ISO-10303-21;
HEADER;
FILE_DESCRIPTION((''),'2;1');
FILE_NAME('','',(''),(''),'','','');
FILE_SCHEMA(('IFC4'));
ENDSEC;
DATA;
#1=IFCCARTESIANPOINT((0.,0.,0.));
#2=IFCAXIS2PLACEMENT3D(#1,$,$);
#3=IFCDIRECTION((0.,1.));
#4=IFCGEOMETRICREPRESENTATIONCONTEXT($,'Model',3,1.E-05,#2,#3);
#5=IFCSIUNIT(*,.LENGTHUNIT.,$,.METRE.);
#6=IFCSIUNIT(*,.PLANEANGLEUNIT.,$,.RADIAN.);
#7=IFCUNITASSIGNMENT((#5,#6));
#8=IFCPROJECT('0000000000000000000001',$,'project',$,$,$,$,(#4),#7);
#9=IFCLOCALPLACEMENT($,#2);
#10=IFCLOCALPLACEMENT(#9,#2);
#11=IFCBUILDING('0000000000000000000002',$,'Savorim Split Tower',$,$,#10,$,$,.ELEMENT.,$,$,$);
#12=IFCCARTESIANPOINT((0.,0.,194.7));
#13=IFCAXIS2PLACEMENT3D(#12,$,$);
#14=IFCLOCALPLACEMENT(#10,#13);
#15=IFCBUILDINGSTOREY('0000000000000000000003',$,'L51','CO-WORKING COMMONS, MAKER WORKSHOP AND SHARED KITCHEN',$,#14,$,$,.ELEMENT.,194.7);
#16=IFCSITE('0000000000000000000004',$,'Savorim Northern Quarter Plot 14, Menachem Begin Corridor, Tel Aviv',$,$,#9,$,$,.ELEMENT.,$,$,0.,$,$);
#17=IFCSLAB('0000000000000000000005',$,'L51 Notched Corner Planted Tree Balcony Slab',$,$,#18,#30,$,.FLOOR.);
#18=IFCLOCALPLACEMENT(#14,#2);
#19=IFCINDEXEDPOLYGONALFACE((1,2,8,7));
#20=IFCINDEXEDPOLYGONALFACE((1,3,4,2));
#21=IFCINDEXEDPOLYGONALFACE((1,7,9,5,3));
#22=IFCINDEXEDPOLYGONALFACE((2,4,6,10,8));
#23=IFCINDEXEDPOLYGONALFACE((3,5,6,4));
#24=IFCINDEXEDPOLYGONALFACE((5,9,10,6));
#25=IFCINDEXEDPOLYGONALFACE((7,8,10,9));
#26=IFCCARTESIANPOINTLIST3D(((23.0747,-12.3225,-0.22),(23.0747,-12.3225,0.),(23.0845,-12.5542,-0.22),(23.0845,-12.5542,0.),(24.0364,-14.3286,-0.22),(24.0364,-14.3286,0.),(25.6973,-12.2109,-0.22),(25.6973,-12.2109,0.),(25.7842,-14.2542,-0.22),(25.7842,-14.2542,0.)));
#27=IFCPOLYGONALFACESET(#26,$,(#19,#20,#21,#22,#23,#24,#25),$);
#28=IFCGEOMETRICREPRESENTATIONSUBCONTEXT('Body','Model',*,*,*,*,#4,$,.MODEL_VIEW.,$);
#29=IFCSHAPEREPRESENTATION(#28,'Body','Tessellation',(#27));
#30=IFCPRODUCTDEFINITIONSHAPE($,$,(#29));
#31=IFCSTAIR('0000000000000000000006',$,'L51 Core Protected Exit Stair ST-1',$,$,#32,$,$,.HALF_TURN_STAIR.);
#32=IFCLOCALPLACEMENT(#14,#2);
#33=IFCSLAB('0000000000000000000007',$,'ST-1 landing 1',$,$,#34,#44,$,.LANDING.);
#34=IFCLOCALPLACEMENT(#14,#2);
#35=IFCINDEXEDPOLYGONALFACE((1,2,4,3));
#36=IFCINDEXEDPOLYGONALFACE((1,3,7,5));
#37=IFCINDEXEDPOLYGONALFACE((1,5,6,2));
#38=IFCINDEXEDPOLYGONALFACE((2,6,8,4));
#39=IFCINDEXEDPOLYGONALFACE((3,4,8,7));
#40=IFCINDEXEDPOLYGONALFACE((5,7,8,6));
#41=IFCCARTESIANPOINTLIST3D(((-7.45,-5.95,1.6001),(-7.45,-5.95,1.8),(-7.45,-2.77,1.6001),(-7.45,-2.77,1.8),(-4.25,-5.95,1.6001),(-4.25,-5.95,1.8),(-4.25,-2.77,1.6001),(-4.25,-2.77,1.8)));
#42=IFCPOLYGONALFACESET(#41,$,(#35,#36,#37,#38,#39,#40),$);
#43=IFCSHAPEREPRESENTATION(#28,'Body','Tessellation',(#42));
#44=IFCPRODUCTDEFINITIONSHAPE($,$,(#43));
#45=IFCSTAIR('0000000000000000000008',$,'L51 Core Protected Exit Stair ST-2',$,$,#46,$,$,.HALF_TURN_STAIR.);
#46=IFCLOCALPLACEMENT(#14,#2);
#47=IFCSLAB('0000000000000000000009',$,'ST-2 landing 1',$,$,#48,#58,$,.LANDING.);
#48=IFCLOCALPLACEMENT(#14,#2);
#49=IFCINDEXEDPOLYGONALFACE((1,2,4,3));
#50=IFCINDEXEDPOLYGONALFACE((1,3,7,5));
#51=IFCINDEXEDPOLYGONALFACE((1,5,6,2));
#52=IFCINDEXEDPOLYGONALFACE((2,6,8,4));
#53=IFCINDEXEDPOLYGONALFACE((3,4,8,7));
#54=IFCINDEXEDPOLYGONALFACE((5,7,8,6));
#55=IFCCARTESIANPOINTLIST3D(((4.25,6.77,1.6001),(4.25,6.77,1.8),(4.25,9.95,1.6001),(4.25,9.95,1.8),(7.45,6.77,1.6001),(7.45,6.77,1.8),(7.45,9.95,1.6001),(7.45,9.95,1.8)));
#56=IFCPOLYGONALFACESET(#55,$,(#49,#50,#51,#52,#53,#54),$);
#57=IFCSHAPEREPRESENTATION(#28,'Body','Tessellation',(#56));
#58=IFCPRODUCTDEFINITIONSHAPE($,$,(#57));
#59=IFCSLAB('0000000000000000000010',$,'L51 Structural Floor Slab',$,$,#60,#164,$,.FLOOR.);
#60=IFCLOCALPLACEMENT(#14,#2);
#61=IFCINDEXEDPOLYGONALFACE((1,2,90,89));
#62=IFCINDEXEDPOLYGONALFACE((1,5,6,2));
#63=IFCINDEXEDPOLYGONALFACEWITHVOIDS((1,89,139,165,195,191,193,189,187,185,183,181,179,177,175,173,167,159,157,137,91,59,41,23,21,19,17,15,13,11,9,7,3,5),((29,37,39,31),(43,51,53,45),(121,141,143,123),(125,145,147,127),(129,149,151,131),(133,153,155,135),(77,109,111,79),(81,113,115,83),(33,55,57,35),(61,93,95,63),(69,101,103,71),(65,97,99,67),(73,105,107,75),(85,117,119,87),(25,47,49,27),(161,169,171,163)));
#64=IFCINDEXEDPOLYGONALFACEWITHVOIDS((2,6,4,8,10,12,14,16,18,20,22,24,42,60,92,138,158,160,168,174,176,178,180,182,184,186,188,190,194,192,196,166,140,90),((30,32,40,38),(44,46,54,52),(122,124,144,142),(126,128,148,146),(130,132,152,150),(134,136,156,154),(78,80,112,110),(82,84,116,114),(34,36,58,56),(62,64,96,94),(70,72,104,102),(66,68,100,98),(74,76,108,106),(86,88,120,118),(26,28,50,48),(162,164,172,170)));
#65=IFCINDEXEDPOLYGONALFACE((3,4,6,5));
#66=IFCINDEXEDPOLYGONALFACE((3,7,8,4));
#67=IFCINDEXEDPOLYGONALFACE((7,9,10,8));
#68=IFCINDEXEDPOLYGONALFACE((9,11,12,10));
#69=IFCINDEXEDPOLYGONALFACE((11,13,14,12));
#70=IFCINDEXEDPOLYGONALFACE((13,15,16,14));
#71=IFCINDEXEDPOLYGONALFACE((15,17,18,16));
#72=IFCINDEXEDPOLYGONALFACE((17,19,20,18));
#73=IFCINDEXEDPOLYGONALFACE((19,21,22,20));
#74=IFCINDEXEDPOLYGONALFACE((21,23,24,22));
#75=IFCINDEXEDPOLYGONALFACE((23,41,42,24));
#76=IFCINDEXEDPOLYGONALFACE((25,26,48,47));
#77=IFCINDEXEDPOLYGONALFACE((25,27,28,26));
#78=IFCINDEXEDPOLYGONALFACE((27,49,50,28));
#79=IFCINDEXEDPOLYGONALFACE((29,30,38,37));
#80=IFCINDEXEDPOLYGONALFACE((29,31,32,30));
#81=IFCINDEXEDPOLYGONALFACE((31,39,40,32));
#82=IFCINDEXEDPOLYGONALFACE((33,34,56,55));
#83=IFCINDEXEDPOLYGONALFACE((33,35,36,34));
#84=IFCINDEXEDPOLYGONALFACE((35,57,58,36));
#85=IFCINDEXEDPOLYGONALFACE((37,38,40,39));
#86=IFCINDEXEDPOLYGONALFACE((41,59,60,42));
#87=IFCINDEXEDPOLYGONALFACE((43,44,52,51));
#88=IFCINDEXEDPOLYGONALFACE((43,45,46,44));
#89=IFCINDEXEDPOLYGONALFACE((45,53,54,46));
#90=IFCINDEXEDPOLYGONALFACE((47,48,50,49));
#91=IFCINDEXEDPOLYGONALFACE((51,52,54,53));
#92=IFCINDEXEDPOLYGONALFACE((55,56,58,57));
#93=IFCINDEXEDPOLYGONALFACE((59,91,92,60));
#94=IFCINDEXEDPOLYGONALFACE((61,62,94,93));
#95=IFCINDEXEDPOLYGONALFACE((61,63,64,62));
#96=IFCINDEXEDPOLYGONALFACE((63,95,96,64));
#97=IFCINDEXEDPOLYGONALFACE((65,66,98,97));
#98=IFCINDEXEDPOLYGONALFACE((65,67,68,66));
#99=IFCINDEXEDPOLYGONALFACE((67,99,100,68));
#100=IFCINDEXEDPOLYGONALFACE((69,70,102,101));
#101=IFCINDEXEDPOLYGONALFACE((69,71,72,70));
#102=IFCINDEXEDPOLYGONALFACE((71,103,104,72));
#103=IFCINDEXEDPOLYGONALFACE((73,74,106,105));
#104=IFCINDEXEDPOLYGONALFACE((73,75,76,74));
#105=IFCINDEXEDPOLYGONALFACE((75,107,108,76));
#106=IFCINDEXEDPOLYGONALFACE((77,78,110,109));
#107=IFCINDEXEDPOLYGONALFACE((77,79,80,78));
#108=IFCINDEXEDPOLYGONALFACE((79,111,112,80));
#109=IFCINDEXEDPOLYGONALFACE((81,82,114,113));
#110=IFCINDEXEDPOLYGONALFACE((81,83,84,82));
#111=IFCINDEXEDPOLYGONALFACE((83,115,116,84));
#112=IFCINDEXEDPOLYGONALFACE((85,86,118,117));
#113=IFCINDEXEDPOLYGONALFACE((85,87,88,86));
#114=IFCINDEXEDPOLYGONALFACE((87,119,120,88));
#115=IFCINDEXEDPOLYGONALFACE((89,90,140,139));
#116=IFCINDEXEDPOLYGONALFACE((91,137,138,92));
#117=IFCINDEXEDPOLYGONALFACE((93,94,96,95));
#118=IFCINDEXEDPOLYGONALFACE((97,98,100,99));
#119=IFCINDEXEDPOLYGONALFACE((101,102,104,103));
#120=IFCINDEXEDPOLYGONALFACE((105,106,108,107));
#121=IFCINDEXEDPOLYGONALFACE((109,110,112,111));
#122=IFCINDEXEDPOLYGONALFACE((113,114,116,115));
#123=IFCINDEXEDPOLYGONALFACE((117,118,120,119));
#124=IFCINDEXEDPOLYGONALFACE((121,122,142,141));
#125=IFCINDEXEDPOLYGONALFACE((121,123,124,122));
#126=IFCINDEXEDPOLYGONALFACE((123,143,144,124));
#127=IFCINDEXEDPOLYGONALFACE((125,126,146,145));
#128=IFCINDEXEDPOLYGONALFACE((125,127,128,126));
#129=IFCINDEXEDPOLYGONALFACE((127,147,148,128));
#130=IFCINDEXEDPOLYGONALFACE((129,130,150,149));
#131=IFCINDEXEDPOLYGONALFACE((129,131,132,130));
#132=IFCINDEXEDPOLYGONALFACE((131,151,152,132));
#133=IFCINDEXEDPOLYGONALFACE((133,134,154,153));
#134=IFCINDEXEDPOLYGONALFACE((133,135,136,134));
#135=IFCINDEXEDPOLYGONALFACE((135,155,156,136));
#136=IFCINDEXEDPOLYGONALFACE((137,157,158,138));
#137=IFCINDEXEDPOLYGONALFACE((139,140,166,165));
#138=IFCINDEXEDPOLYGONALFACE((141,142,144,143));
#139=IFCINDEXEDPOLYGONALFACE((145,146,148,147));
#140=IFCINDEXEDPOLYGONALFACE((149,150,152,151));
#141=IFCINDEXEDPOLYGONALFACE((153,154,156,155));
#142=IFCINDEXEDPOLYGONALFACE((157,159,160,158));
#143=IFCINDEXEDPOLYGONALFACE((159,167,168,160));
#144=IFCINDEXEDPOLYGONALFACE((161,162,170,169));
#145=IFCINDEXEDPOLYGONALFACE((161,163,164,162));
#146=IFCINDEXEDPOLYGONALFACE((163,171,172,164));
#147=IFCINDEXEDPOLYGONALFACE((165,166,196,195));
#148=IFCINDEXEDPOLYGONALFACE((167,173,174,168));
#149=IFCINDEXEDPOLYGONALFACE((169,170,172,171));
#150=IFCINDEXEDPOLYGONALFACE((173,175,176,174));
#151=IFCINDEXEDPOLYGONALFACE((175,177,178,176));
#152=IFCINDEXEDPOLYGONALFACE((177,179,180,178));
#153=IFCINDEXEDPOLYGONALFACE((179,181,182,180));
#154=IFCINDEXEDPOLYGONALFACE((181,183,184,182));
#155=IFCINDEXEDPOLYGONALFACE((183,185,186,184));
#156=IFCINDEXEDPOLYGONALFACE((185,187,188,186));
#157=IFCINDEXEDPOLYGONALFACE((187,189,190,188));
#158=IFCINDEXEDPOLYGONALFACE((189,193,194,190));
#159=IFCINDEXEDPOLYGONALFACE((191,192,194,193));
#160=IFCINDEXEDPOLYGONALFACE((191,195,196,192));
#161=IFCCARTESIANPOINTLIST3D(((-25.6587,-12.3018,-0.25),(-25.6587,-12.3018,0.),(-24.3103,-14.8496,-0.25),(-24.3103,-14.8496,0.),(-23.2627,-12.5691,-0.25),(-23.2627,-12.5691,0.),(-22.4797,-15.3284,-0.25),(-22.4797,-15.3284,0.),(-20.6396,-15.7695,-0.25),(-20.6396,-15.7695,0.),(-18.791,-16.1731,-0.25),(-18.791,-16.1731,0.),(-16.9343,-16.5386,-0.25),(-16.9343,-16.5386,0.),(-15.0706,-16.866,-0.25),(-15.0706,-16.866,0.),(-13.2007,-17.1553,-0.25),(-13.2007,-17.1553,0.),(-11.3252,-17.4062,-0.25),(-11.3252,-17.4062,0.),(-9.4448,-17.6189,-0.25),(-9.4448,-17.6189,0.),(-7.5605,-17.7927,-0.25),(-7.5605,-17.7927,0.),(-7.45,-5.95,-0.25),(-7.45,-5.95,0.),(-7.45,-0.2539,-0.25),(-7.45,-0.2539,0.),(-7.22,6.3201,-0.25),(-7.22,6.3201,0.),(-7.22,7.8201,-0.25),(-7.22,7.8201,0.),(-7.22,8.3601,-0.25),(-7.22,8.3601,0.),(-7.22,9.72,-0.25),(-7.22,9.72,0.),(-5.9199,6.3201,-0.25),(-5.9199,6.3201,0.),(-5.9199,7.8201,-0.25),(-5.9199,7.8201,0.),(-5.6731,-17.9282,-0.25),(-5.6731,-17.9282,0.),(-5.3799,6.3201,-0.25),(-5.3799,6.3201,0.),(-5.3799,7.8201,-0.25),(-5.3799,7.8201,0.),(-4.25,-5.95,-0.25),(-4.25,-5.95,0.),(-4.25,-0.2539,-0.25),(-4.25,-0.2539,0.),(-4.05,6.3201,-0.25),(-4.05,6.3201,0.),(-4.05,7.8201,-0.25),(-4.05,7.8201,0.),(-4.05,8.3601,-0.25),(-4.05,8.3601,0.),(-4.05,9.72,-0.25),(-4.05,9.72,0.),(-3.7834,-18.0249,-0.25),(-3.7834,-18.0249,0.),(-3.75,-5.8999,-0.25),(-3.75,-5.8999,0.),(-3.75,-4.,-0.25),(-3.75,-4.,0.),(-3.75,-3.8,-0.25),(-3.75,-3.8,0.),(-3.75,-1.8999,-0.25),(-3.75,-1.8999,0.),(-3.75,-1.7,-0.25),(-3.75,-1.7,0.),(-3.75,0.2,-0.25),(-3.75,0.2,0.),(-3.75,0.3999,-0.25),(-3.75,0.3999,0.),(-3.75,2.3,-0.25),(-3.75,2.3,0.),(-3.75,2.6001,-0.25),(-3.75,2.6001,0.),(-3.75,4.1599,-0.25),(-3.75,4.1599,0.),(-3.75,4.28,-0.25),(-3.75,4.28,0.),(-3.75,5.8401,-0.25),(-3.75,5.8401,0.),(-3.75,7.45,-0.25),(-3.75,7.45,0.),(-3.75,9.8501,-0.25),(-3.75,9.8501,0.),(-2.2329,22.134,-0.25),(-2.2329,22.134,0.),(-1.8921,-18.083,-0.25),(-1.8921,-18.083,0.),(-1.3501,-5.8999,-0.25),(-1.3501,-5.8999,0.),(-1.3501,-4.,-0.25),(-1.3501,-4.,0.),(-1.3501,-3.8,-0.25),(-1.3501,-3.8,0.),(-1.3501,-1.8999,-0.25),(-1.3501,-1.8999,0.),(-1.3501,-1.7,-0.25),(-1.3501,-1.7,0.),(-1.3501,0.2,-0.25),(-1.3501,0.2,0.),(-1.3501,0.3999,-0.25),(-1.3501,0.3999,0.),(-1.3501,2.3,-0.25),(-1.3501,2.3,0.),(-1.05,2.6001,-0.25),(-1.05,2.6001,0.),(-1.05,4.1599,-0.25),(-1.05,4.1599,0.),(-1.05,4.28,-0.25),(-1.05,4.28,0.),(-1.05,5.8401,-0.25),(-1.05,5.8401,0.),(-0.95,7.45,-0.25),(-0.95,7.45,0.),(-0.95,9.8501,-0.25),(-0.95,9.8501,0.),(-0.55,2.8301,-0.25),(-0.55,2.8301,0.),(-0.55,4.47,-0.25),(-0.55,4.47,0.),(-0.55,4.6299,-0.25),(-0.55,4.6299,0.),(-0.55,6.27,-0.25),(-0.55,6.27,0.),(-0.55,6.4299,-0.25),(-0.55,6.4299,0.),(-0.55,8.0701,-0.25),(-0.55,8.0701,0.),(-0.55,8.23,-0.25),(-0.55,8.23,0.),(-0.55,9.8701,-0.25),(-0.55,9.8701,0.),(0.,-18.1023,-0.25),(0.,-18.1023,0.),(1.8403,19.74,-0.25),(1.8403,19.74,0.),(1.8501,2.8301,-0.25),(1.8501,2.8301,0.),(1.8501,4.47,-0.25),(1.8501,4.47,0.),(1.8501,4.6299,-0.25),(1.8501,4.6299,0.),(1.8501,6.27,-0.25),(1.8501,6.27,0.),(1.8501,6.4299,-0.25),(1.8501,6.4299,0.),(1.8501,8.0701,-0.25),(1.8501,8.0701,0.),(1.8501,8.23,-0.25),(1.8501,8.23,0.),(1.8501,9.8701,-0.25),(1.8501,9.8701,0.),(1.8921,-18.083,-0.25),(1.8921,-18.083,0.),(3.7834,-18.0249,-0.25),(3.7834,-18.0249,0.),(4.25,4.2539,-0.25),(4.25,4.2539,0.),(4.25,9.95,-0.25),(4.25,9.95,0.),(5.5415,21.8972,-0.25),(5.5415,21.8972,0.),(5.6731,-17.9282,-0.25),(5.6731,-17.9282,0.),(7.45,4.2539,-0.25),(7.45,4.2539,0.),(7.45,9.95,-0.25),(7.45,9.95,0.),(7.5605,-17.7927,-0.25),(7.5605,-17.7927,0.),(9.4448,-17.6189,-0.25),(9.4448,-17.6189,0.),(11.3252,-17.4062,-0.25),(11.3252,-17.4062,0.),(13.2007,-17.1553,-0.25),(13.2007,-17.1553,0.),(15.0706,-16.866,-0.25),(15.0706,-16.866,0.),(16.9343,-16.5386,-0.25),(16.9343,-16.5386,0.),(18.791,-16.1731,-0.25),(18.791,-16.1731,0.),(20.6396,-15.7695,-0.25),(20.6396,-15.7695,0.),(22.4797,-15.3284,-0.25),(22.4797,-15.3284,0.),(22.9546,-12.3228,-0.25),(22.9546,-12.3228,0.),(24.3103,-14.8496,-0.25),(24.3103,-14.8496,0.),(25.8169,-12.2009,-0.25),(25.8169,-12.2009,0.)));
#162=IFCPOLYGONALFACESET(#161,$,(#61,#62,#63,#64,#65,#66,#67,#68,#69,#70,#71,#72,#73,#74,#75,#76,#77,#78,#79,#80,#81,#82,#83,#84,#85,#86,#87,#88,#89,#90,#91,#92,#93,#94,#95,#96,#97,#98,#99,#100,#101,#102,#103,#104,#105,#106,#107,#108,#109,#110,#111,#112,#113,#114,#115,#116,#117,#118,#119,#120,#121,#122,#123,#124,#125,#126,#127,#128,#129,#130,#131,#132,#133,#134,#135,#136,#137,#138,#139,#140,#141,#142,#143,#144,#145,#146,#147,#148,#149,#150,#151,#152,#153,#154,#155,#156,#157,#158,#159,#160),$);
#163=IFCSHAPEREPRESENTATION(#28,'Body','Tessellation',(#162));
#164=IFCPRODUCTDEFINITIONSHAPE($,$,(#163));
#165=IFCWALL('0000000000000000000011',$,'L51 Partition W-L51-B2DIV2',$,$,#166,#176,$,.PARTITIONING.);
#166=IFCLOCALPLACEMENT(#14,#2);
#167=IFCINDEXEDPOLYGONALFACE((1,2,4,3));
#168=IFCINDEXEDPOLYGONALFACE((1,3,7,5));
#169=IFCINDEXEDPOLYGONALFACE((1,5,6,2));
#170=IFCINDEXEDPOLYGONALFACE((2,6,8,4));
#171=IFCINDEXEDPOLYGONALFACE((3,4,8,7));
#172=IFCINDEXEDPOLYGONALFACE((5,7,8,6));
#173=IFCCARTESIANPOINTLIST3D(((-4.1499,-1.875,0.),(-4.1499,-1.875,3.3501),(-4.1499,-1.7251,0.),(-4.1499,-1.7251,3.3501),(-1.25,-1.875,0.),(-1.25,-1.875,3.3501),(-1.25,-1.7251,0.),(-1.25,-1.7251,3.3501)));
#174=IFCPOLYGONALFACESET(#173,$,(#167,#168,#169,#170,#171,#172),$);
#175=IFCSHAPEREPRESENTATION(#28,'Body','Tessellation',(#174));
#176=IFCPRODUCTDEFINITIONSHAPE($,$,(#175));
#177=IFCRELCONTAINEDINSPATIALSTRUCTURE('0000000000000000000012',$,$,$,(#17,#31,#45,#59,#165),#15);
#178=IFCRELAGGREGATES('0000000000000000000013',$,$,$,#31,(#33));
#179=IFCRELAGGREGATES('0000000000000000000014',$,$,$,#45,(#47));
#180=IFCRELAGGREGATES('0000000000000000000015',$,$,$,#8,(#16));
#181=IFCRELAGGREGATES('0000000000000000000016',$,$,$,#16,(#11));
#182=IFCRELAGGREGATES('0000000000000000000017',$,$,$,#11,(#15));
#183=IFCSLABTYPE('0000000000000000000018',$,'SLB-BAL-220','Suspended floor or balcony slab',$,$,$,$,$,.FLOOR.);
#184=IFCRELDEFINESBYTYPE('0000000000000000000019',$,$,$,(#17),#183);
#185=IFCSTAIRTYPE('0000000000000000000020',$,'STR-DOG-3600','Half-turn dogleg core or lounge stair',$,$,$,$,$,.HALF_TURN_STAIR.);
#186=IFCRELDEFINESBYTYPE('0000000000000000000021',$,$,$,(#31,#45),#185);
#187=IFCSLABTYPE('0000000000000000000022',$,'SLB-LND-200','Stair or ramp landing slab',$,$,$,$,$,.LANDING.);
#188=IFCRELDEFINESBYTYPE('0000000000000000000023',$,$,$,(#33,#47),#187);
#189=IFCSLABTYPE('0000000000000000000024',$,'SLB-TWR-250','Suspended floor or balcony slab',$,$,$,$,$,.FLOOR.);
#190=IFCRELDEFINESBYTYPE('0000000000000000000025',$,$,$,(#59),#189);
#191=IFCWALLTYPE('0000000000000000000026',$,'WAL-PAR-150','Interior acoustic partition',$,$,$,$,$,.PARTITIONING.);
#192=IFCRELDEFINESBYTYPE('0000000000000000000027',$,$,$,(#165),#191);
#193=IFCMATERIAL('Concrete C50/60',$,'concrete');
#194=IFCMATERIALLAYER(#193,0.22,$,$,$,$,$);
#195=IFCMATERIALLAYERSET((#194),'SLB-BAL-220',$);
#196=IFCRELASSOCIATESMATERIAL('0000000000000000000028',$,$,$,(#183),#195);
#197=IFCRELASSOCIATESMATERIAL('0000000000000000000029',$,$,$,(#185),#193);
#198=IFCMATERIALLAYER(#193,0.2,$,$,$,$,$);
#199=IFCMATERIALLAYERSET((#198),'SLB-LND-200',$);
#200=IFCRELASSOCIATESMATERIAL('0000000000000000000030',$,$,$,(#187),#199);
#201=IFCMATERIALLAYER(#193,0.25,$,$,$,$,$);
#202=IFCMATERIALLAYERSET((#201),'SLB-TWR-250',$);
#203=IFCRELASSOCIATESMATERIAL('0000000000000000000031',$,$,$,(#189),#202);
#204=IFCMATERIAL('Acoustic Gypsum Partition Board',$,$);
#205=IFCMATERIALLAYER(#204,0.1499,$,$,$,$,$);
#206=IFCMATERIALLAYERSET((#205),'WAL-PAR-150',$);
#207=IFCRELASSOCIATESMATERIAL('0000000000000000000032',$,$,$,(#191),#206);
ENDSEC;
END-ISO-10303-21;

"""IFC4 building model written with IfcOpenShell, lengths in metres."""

from ifc_helpers import new_model, si_unit, direction, frame, frame_2d, origin, place, context, subcontext, project, spatial, polyline, rectangle, outline, extrude, material, layer, layer_set, type_object, element, aggregate, save


model = new_model("IFC4")

# Units and contexts
model_context = context("Model", 3, precision=1e-05, world=origin(), true_north=direction((0.0, 1.0)))
body_context = subcontext(model_context, "Body", "Model", "MODEL_VIEW")
ifc_project = project(units=[si_unit("LENGTHUNIT", "METRE"), si_unit("PLANEANGLEUNIT", "RADIAN")], contexts=[model_context])

# Site, building, storey
site_placement = place(None, origin())
site = spatial("IfcSite", under=ifc_project, at=site_placement, Name="Savorim Northern Quarter Plot 14, Menachem Begin Corridor, Tel Aviv", CompositionType="ELEMENT", RefElevation=0.0)
building_placement = place(site_placement, origin())
building = spatial("IfcBuilding", under=site, at=building_placement, Name="Savorim Split Tower", CompositionType="ELEMENT")
storey_placement = place(building_placement, frame((0.0, 0.0, 194.7)))
storey = spatial("IfcBuildingStorey", under=building, at=storey_placement, Name="L51", Description="CO-WORKING COMMONS, MAKER WORKSHOP AND SHARED KITCHEN", CompositionType="ELEMENT", Elevation=194.7)

# Slab
ifc_material_1 = material(Name="Concrete C50/60", Category="concrete")
ifc_layer_1 = layer(ifc_material_1, 0.22)
ifc_layer_set_1 = layer_set([ifc_layer_1], Name="SLB-BAL-220")
slab_type_1 = type_object("IfcSlabType", Name="SLB-BAL-220", Description="Suspended floor or balcony slab", PredefinedType="FLOOR", material=ifc_layer_set_1)
slab_1_placement = place(storey_placement, frame((0.0, 0.0, -0.22)))
element("IfcSlab", 1, at=slab_1_placement, inside=storey, type_object=slab_type_1, Name="L51 Notched Corner Planted Tree Balcony Slab", PredefinedType="FLOOR", context=body_context, shape_type="SweptSolid", body=[
    extrude(outline(polyline([(25.6973, -12.2109), (23.0747, -12.3225), (23.0845, -12.5542), (24.0364, -14.3286), (25.7842, -14.2542), (25.6973, -12.2109)])), origin(), (0.0, 0.0, 1.0), 0.22),
])

# Stairs, slabs
stair_type = type_object("IfcStairType", Name="STR-DOG-3600", Description="Half-turn dogleg core or lounge stair", PredefinedType="HALF_TURN_STAIR", material=ifc_material_1)
stair_1_placement = place(storey_placement, origin())
stair_1 = element("IfcStair", 2, at=stair_1_placement, inside=storey, type_object=stair_type, Name="L51 Core Protected Exit Stair ST-1", PredefinedType="HALF_TURN_STAIR")
ifc_layer_2 = layer(ifc_material_1, 0.2)
ifc_layer_set_2 = layer_set([ifc_layer_2], Name="SLB-LND-200")
slab_type_2 = type_object("IfcSlabType", Name="SLB-LND-200", Description="Stair or ramp landing slab", PredefinedType="LANDING", material=ifc_layer_set_2)
slab_2_placement = place(storey_placement, frame((0.0, 0.0, 1.6001)))
slab_2 = element("IfcSlab", 3, at=slab_2_placement, type_object=slab_type_2, Name="ST-1 landing 1", PredefinedType="LANDING", context=body_context, shape_type="SweptSolid", body=[
    extrude(outline(polyline([(-7.45, -2.77), (-7.45, -5.95), (-4.25, -5.95), (-4.25, -2.77), (-7.45, -2.77)])), origin(), (0.0, 0.0, 1.0), 0.2),
])
aggregate(stair_1, [slab_2])
stair_2_placement = place(storey_placement, origin())
stair_2 = element("IfcStair", 4, at=stair_2_placement, inside=storey, type_object=stair_type, Name="L51 Core Protected Exit Stair ST-2", PredefinedType="HALF_TURN_STAIR")
slab_3_placement = place(storey_placement, frame((0.0, 0.0, 1.6001)))
slab_3 = element("IfcSlab", 5, at=slab_3_placement, type_object=slab_type_2, Name="ST-2 landing 1", PredefinedType="LANDING", context=body_context, shape_type="SweptSolid", body=[
    extrude(outline(polyline([(7.45, 6.77), (7.45, 9.95), (4.25, 9.95), (4.25, 6.77), (7.45, 6.77)])), origin(), (0.0, 0.0, 1.0), 0.2),
])
aggregate(stair_2, [slab_3])

# Slab
ifc_layer_3 = layer(ifc_material_1, 0.25)
ifc_layer_set_3 = layer_set([ifc_layer_3], Name="SLB-TWR-250")
slab_type_3 = type_object("IfcSlabType", Name="SLB-TWR-250", Description="Suspended floor or balcony slab", PredefinedType="FLOOR", material=ifc_layer_set_3)
slab_4_placement = place(storey_placement, frame((0.0, 0.0, -0.25)))
element("IfcSlab", 6, at=slab_4_placement, inside=storey, type_object=slab_type_3, Name="L51 Structural Floor Slab", PredefinedType="FLOOR", context=body_context, shape_type="SweptSolid", body=[
    extrude(outline(polyline([(-24.3103, -14.8496), (-22.4797, -15.3284), (-20.6396, -15.7695), (-18.791, -16.1731), (-16.9343, -16.5386), (-15.0706, -16.866), (-13.2007, -17.1553), (-11.3252, -17.4062), (-9.4448, -17.6189), (-7.5605, -17.7927), (-5.6731, -17.9282), (-3.7834, -18.0249), (-1.8921, -18.083), (0.0, -18.1023), (1.8921, -18.083), (3.7834, -18.0249), (5.6731, -17.9282), (7.5605, -17.7927), (9.4448, -17.6189), (11.3252, -17.4062), (13.2007, -17.1553), (15.0706, -16.866), (16.9343, -16.5386), (18.791, -16.1731), (20.6396, -15.7695), (22.4797, -15.3284), (24.3103, -14.8496), (22.9546, -12.3228), (25.8169, -12.2009), (5.5415, 21.8972), (1.8403, 19.74), (-2.2329, 22.134), (-25.6587, -12.3018), (-23.2627, -12.5691), (-24.3103, -14.8496)]), holes=[polyline([(-7.45, -0.2539), (-7.45, -5.95), (-4.25, -5.95), (-4.25, -0.2539), (-7.45, -0.2539)]), polyline([(7.45, 4.2539), (7.45, 9.95), (4.25, 9.95), (4.25, 4.2539), (7.45, 4.2539)]), polyline([(-3.75, -5.8999), (-1.3501, -5.8999), (-1.3501, -4.0), (-3.75, -4.0), (-3.75, -5.8999)]), polyline([(-3.75, -3.8), (-1.3501, -3.8), (-1.3501, -1.8999), (-3.75, -1.8999), (-3.75, -3.8)]), polyline([(-3.75, -1.7), (-1.3501, -1.7), (-1.3501, 0.2), (-3.75, 0.2), (-3.75, -1.7)]), polyline([(-3.75, 0.3999), (-1.3501, 0.3999), (-1.3501, 2.3), (-3.75, 2.3), (-3.75, 0.3999)]), polyline([(-0.55, 2.8301), (1.8501, 2.8301), (1.8501, 4.47), (-0.55, 4.47), (-0.55, 2.8301)]), polyline([(-0.55, 4.6299), (1.8501, 4.6299), (1.8501, 6.27), (-0.55, 6.27), (-0.55, 4.6299)]), polyline([(-0.55, 6.4299), (1.8501, 6.4299), (1.8501, 8.0701), (-0.55, 8.0701), (-0.55, 6.4299)]), polyline([(-0.55, 8.23), (1.8501, 8.23), (1.8501, 9.8701), (-0.55, 9.8701), (-0.55, 8.23)]), polyline([(-3.75, 2.6001), (-1.05, 2.6001), (-1.05, 4.1599), (-3.75, 4.1599), (-3.75, 2.6001)]), polyline([(-3.75, 4.28), (-1.05, 4.28), (-1.05, 5.8401), (-3.75, 5.8401), (-3.75, 4.28)]), polyline([(-3.75, 7.45), (-0.95, 7.45), (-0.95, 9.8501), (-3.75, 9.8501), (-3.75, 7.45)]), polyline([(-7.22, 6.3201), (-5.9199, 6.3201), (-5.9199, 7.8201), (-7.22, 7.8201), (-7.22, 6.3201)]), polyline([(-5.3799, 6.3201), (-4.05, 6.3201), (-4.05, 7.8201), (-5.3799, 7.8201), (-5.3799, 6.3201)]), polyline([(-7.22, 8.3601), (-4.05, 8.3601), (-4.05, 9.72), (-7.22, 9.72), (-7.22, 8.3601)])]), origin(), (0.0, 0.0, 1.0), 0.25),
])

# Wall
ifc_material_2 = material(Name="Acoustic Gypsum Partition Board")
ifc_layer_4 = layer(ifc_material_2, 0.1499)
ifc_layer_set_4 = layer_set([ifc_layer_4], Name="WAL-PAR-150")
wall_type_1 = type_object("IfcWallType", Name="WAL-PAR-150", Description="Interior acoustic partition", PredefinedType="PARTITIONING", material=ifc_layer_set_4)
for number, where, z_axis, x_axis, name in (
    (7, (-4.1499, -1.8, 0.0), (0.0, 0.0, 1.0), (1.0, 0.0, 0.0), "L51 Partition W-L51-B2DIV2"),
):
    element("IfcWall", number, at=place(storey_placement, frame(where, z_axis=z_axis, x_axis=x_axis)), inside=storey, type_object=wall_type_1, Name=name, PredefinedType="PARTITIONING", context=body_context, shape_type="SweptSolid", body=[
        extrude(rectangle(XDim=2.8999, YDim=0.1499, at=frame_2d((1.45, 0.0))), origin(), (0.0, 0.0, 1.0), 3.3501),
    ])

save(model, "model.ifc")
